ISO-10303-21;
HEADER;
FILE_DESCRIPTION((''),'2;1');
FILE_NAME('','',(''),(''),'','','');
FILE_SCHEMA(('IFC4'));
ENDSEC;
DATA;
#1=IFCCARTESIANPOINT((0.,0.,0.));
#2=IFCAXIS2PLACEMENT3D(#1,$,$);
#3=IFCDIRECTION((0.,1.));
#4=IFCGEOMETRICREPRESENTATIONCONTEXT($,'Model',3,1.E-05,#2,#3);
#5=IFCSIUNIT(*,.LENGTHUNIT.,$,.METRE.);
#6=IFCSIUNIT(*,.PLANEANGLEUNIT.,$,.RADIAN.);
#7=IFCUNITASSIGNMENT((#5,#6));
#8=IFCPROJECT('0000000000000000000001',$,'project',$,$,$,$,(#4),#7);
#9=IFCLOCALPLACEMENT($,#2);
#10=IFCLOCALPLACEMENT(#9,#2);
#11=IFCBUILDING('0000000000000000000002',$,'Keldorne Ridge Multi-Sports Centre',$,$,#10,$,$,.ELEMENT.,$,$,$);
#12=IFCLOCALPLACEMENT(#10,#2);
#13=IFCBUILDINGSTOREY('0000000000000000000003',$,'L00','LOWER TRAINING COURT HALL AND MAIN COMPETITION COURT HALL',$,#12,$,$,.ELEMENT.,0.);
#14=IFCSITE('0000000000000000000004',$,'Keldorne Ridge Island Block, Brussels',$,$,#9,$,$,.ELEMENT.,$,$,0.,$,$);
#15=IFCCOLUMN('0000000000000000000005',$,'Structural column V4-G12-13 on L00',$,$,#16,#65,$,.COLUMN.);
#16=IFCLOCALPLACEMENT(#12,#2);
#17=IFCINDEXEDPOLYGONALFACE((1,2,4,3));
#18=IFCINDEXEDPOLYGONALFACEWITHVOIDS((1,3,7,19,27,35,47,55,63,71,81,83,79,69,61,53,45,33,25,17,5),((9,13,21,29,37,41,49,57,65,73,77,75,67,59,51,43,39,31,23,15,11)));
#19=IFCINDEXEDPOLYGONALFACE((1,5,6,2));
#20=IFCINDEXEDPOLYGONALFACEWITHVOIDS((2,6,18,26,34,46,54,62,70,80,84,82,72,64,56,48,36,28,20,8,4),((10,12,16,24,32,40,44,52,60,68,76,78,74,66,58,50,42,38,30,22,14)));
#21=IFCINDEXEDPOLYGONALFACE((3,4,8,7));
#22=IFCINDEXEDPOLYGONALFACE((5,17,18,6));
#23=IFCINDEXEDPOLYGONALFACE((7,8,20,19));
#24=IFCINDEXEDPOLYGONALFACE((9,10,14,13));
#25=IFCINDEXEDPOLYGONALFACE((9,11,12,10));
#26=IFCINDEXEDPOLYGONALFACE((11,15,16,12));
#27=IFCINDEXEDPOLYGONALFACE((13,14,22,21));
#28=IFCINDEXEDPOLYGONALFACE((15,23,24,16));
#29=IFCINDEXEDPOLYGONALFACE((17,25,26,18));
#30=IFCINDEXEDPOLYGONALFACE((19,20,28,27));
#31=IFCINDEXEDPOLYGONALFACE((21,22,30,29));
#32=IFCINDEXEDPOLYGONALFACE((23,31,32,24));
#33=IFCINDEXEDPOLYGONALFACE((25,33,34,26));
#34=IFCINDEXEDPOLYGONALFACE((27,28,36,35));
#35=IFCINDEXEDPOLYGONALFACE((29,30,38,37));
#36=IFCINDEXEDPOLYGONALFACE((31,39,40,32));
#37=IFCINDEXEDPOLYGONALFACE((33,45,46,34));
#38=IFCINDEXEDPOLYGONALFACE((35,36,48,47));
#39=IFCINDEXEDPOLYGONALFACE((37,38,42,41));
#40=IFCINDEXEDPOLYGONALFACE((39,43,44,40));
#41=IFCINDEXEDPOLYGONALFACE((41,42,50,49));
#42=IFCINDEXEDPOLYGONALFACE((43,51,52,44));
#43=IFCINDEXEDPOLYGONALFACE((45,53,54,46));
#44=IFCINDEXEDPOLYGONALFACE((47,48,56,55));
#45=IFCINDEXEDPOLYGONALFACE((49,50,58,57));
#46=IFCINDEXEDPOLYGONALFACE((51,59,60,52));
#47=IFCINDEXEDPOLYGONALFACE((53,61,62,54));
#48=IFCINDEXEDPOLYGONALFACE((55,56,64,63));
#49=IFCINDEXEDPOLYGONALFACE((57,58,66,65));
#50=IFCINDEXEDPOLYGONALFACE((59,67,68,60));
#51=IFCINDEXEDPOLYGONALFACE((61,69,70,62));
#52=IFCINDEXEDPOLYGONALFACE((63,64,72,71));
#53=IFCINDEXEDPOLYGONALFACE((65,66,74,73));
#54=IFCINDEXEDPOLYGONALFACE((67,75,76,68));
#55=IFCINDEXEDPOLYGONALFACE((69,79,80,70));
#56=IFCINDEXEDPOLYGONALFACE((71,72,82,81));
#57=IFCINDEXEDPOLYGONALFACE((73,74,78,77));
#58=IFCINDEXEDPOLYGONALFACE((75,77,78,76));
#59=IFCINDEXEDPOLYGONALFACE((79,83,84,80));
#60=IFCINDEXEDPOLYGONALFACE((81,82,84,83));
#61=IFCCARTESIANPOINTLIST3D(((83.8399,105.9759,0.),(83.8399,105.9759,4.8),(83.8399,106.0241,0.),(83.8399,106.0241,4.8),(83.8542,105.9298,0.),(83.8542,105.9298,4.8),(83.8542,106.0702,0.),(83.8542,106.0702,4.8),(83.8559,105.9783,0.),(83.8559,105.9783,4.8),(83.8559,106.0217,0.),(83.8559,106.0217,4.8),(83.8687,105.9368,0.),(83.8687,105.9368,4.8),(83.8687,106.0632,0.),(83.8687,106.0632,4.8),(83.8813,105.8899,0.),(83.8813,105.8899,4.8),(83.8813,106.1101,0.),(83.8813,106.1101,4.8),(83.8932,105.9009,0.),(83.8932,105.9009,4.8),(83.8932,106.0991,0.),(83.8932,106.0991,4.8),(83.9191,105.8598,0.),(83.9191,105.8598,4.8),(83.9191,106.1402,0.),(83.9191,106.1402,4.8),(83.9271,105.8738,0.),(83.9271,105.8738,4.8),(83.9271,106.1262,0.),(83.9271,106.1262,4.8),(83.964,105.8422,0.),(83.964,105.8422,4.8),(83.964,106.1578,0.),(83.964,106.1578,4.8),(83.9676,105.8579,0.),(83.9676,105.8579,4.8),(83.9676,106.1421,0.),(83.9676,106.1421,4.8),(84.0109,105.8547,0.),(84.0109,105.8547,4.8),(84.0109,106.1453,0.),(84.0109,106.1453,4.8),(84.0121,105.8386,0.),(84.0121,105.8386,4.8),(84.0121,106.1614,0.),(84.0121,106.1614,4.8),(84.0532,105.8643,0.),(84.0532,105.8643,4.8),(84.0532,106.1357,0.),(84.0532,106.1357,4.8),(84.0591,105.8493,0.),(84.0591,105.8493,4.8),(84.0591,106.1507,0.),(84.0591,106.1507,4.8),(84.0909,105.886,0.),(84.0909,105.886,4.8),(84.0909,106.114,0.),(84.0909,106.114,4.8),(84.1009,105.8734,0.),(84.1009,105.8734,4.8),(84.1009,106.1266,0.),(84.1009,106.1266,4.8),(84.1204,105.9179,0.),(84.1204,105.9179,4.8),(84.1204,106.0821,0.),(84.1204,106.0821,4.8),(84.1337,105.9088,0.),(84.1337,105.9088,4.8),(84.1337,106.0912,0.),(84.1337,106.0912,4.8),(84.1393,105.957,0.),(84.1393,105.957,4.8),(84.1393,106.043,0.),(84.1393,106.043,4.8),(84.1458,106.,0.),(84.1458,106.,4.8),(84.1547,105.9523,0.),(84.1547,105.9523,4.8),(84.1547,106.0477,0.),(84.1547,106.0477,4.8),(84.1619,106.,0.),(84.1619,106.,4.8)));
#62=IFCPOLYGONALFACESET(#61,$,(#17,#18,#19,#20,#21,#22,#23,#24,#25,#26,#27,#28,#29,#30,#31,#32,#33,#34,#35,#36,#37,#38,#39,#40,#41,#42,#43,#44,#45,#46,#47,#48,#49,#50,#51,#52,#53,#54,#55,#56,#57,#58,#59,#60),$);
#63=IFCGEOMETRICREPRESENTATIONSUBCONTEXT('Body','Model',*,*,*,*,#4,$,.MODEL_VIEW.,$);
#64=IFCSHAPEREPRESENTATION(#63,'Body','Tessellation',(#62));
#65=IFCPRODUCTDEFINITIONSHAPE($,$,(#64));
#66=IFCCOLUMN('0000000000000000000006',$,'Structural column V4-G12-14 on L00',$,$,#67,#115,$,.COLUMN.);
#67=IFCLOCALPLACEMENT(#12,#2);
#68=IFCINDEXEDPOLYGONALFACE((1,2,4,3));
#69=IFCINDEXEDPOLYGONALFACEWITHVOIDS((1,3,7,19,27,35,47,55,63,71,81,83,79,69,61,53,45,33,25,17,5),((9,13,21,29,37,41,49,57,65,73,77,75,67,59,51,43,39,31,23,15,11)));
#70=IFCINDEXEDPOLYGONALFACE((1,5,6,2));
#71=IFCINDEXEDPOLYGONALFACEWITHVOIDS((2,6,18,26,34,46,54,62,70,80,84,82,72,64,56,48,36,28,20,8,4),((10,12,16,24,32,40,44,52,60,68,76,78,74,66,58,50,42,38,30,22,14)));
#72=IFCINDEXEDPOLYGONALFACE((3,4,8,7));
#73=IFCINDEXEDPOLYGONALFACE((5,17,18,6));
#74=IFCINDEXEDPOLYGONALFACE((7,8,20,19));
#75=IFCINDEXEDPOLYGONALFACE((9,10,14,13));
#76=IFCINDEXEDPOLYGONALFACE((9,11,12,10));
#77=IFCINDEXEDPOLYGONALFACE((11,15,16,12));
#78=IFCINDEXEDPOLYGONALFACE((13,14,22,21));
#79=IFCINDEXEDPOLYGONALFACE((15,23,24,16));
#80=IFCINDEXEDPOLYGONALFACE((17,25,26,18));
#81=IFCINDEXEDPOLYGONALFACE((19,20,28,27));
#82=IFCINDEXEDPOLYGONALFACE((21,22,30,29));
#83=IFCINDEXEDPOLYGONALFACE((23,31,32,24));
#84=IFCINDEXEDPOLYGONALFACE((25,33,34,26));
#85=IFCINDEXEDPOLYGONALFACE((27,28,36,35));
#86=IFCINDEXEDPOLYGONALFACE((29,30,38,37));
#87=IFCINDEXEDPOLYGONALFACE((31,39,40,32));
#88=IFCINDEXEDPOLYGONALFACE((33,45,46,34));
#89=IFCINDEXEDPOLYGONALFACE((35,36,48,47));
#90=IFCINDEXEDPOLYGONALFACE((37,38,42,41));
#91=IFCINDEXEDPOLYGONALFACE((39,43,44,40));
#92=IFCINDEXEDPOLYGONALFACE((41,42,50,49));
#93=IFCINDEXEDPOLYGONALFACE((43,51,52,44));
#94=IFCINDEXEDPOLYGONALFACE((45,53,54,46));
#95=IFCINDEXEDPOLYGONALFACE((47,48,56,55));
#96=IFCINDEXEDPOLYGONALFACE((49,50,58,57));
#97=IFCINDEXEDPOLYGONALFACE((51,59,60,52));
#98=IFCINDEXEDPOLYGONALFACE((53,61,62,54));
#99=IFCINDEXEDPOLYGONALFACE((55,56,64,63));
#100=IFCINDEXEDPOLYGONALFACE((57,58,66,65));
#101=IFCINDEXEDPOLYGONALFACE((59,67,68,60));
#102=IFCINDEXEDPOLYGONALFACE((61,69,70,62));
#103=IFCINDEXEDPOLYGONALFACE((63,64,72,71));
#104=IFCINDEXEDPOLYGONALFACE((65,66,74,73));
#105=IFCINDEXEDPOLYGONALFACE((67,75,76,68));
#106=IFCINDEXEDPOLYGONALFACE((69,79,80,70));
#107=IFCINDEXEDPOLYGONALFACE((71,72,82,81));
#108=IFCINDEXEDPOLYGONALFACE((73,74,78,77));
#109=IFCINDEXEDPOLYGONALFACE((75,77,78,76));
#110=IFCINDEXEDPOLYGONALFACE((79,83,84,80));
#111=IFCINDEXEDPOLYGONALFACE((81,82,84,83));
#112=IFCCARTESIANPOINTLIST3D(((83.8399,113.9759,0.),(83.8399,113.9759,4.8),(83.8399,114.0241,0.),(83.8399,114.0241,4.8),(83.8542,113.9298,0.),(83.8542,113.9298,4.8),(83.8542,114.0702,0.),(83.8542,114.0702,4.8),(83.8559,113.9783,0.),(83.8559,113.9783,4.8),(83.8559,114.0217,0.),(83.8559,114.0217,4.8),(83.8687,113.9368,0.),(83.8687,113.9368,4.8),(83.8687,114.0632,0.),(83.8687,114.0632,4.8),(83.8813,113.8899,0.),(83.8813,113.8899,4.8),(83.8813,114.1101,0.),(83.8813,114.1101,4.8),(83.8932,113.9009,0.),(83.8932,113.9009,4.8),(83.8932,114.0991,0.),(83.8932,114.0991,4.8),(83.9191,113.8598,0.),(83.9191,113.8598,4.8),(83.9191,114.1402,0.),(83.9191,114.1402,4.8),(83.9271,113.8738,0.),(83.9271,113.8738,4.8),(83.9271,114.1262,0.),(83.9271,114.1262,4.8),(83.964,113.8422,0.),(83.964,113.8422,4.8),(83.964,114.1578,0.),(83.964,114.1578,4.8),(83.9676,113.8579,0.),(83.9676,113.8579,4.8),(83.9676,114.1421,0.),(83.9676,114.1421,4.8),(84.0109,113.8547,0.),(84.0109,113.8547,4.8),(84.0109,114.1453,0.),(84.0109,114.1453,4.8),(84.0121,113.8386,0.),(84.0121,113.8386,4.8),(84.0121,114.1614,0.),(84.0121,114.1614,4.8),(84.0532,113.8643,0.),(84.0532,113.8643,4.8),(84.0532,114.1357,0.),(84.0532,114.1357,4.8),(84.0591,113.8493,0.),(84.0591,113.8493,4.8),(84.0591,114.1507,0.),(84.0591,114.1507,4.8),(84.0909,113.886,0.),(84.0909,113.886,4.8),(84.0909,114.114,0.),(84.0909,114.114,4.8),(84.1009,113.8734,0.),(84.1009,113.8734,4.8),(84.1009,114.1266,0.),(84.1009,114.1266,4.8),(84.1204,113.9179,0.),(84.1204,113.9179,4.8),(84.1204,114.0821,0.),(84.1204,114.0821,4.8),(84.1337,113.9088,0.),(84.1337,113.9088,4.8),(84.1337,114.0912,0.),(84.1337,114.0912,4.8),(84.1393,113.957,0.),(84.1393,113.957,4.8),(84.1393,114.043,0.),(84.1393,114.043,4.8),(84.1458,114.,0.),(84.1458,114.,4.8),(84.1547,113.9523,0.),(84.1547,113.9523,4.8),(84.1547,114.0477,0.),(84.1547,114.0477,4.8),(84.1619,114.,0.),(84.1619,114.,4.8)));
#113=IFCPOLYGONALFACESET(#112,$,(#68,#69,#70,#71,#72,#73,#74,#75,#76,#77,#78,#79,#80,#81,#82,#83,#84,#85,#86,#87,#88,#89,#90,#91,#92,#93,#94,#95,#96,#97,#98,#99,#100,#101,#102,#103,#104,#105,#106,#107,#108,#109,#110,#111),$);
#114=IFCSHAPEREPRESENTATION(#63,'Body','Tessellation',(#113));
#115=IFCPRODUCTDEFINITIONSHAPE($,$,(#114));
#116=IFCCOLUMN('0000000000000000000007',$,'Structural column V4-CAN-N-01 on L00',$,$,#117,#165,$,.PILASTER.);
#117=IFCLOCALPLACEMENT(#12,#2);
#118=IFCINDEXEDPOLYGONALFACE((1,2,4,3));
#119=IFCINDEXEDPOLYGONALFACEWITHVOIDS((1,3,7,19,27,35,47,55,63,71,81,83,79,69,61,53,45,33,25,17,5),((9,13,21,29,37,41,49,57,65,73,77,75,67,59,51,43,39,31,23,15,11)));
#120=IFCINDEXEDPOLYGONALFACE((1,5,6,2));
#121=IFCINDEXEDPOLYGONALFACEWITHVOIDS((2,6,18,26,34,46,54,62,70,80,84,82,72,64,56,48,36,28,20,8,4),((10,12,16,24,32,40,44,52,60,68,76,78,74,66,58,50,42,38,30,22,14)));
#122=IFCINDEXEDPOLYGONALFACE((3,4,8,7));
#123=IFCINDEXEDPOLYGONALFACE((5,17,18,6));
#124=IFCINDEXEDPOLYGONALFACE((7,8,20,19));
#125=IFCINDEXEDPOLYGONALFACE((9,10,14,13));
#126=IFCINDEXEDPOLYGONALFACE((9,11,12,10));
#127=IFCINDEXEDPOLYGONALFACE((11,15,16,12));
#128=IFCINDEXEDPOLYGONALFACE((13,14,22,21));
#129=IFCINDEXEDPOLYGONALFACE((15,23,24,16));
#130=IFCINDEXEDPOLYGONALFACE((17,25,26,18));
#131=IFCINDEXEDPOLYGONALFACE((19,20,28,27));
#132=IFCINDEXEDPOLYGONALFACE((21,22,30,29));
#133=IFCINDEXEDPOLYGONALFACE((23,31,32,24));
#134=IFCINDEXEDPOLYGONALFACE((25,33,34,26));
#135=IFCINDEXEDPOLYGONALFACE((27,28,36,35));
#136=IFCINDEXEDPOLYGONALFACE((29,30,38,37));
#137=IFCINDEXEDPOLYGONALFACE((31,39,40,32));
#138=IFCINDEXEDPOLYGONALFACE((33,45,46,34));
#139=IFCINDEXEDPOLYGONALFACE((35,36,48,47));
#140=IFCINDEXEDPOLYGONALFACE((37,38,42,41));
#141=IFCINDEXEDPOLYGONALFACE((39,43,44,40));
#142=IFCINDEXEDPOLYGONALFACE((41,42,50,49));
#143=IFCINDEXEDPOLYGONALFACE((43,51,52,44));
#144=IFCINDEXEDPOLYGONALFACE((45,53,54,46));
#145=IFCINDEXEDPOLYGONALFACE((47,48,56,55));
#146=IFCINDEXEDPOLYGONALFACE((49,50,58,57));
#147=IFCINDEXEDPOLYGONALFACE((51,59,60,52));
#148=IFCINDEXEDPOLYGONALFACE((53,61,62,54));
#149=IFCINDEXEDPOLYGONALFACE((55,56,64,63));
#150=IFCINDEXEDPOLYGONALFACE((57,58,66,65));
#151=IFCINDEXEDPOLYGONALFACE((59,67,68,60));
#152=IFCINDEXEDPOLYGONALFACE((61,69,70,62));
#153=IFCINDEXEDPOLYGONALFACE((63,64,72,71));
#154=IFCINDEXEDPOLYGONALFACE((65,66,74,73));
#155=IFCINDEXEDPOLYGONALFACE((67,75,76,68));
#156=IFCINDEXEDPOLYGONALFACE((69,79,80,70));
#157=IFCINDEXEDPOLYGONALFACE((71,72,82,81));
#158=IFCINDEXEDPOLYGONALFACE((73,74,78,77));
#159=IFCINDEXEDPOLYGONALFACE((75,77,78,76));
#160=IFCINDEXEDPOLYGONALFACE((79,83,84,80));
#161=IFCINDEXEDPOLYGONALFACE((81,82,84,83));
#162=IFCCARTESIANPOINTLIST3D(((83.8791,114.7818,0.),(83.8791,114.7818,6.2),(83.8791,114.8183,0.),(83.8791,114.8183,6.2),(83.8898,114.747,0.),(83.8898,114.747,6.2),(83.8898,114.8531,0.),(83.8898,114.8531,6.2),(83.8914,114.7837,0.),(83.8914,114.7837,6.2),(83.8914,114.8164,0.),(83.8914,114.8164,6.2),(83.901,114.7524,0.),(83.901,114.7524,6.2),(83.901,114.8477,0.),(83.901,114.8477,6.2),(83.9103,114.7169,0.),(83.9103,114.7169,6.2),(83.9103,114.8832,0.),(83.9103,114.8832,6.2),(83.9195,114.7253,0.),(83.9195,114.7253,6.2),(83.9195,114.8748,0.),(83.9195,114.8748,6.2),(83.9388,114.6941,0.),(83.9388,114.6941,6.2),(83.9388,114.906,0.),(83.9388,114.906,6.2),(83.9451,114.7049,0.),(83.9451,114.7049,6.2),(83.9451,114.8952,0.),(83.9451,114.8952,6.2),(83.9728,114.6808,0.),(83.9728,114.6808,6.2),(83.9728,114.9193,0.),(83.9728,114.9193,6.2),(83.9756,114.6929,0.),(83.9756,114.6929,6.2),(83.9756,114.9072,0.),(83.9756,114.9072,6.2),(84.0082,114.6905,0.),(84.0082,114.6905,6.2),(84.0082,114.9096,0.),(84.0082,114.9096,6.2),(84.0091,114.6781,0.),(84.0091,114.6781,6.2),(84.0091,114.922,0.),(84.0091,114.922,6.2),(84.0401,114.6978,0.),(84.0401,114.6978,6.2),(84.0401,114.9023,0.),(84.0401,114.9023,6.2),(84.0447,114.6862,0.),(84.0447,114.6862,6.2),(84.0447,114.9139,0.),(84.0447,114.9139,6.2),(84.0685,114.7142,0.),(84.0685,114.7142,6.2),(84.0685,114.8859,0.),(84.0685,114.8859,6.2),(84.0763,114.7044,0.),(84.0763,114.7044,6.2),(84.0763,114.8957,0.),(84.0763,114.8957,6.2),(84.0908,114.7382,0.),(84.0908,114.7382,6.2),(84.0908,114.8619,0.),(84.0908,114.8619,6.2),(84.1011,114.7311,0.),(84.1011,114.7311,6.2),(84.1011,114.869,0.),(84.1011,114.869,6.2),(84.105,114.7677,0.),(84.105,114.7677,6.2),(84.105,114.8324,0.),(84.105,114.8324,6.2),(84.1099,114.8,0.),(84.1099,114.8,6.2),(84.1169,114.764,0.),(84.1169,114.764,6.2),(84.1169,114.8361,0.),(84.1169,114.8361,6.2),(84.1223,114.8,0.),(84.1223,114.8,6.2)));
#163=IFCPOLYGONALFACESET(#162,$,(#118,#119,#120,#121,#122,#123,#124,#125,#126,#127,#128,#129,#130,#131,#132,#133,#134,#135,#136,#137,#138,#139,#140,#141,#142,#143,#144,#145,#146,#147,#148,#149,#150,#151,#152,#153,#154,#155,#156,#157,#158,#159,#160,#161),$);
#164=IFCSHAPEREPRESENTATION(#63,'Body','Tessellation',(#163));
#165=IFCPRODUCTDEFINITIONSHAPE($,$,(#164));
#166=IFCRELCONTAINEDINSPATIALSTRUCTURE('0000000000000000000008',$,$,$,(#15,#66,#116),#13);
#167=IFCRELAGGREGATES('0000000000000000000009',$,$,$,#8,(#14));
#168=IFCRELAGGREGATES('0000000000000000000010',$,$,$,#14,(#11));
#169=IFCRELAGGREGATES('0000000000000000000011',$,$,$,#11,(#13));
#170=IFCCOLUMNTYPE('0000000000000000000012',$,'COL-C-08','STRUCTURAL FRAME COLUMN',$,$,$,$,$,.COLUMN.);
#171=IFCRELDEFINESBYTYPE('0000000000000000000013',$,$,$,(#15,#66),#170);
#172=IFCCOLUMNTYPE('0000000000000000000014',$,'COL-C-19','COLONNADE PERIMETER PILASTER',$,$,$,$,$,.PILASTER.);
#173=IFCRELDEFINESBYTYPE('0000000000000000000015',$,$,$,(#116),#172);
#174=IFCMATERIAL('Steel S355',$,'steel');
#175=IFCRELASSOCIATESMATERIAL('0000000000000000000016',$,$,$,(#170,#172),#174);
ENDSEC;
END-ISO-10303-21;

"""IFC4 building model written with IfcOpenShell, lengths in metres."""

from ifc_helpers import new_model, si_unit, direction, frame, origin, origin_2d, place, context, subcontext, project, spatial, hollow_circle, extrude, material, material_profile, profile_set, type_object, element, save


model = new_model("IFC4")

# Units and contexts
model_context = context("Model", 3, precision=1e-05, world=origin(), true_north=direction((0.0, 1.0)))
body_context = subcontext(model_context, "Body", "Model", "MODEL_VIEW")
ifc_project = project(units=[si_unit("LENGTHUNIT", "METRE"), si_unit("PLANEANGLEUNIT", "RADIAN")], contexts=[model_context])

# Site, building, storey
site_placement = place(None, origin())
site = spatial("IfcSite", under=ifc_project, at=site_placement, Name="Keldorne Ridge Island Block, Brussels", CompositionType="ELEMENT", RefElevation=0.0)
building_placement = place(site_placement, origin())
building = spatial("IfcBuilding", under=site, at=building_placement, Name="Keldorne Ridge Multi-Sports Centre", CompositionType="ELEMENT")
storey_placement = place(building_placement, origin())
storey = spatial("IfcBuildingStorey", under=building, at=storey_placement, Name="L00", Description="LOWER TRAINING COURT HALL AND MAIN COMPETITION COURT HALL", CompositionType="ELEMENT", Elevation=0.0)

# Columns
ifc_material_1 = material(Name="Steel S355", Category="steel")
ifc_material_profile_1 = material_profile(ifc_material_1, hollow_circle(Radius=0.1619, WallThickness=0.0161, at=origin_2d()), Name="CHS 323.9x16")
ifc_profile_set_1 = profile_set([ifc_material_profile_1], Name="Steel S355")
column_type_1 = type_object("IfcColumnType", Name="COL-C-08", Description="STRUCTURAL FRAME COLUMN", PredefinedType="COLUMN", material=ifc_profile_set_1)
for number, where, z_axis, x_axis, name in (
    (1, (84.0, 106.0, 0.0), (0.0, 0.0, 1.0), (1.0, 0.0, 0.0), "Structural column V4-G12-13 on L00"),
    (2, (84.0, 114.0, 0.0), (0.0, 0.0, 1.0), (1.0, 0.0, 0.0), "Structural column V4-G12-14 on L00"),
):
    element("IfcColumn", number, at=place(storey_placement, frame(where, z_axis=z_axis, x_axis=x_axis)), inside=storey, type_object=column_type_1, Name=name, PredefinedType="COLUMN", context=body_context, shape_type="SweptSolid", body=[
        extrude(hollow_circle(Radius=0.1619, WallThickness=0.0161, at=origin_2d()), origin(), (0.0, 0.0, 1.0), 4.8),
    ])
ifc_material_profile_2 = material_profile(ifc_material_1, hollow_circle(Radius=0.1223, WallThickness=0.0125, at=origin_2d()), Name="CHS 244.5x12.5")
ifc_profile_set_2 = profile_set([ifc_material_profile_2], Name="Steel S355")
column_type_2 = type_object("IfcColumnType", Name="COL-C-19", Description="COLONNADE PERIMETER PILASTER", PredefinedType="PILASTER", material=ifc_profile_set_2)
column_placement = place(storey_placement, frame((84.0, 114.8, 0.0), z_axis=(0.0, 0.0, 1.0), x_axis=(1.0, 0.0, 0.0)))
element("IfcColumn", 3, at=column_placement, inside=storey, type_object=column_type_2, Name="Structural column V4-CAN-N-01 on L00", PredefinedType="PILASTER", context=body_context, shape_type="SweptSolid", body=[
    extrude(hollow_circle(Radius=0.1223, WallThickness=0.0125, at=origin_2d()), origin(), (0.0, 0.0, 1.0), 6.2),
])

save(model, "model.ifc")
